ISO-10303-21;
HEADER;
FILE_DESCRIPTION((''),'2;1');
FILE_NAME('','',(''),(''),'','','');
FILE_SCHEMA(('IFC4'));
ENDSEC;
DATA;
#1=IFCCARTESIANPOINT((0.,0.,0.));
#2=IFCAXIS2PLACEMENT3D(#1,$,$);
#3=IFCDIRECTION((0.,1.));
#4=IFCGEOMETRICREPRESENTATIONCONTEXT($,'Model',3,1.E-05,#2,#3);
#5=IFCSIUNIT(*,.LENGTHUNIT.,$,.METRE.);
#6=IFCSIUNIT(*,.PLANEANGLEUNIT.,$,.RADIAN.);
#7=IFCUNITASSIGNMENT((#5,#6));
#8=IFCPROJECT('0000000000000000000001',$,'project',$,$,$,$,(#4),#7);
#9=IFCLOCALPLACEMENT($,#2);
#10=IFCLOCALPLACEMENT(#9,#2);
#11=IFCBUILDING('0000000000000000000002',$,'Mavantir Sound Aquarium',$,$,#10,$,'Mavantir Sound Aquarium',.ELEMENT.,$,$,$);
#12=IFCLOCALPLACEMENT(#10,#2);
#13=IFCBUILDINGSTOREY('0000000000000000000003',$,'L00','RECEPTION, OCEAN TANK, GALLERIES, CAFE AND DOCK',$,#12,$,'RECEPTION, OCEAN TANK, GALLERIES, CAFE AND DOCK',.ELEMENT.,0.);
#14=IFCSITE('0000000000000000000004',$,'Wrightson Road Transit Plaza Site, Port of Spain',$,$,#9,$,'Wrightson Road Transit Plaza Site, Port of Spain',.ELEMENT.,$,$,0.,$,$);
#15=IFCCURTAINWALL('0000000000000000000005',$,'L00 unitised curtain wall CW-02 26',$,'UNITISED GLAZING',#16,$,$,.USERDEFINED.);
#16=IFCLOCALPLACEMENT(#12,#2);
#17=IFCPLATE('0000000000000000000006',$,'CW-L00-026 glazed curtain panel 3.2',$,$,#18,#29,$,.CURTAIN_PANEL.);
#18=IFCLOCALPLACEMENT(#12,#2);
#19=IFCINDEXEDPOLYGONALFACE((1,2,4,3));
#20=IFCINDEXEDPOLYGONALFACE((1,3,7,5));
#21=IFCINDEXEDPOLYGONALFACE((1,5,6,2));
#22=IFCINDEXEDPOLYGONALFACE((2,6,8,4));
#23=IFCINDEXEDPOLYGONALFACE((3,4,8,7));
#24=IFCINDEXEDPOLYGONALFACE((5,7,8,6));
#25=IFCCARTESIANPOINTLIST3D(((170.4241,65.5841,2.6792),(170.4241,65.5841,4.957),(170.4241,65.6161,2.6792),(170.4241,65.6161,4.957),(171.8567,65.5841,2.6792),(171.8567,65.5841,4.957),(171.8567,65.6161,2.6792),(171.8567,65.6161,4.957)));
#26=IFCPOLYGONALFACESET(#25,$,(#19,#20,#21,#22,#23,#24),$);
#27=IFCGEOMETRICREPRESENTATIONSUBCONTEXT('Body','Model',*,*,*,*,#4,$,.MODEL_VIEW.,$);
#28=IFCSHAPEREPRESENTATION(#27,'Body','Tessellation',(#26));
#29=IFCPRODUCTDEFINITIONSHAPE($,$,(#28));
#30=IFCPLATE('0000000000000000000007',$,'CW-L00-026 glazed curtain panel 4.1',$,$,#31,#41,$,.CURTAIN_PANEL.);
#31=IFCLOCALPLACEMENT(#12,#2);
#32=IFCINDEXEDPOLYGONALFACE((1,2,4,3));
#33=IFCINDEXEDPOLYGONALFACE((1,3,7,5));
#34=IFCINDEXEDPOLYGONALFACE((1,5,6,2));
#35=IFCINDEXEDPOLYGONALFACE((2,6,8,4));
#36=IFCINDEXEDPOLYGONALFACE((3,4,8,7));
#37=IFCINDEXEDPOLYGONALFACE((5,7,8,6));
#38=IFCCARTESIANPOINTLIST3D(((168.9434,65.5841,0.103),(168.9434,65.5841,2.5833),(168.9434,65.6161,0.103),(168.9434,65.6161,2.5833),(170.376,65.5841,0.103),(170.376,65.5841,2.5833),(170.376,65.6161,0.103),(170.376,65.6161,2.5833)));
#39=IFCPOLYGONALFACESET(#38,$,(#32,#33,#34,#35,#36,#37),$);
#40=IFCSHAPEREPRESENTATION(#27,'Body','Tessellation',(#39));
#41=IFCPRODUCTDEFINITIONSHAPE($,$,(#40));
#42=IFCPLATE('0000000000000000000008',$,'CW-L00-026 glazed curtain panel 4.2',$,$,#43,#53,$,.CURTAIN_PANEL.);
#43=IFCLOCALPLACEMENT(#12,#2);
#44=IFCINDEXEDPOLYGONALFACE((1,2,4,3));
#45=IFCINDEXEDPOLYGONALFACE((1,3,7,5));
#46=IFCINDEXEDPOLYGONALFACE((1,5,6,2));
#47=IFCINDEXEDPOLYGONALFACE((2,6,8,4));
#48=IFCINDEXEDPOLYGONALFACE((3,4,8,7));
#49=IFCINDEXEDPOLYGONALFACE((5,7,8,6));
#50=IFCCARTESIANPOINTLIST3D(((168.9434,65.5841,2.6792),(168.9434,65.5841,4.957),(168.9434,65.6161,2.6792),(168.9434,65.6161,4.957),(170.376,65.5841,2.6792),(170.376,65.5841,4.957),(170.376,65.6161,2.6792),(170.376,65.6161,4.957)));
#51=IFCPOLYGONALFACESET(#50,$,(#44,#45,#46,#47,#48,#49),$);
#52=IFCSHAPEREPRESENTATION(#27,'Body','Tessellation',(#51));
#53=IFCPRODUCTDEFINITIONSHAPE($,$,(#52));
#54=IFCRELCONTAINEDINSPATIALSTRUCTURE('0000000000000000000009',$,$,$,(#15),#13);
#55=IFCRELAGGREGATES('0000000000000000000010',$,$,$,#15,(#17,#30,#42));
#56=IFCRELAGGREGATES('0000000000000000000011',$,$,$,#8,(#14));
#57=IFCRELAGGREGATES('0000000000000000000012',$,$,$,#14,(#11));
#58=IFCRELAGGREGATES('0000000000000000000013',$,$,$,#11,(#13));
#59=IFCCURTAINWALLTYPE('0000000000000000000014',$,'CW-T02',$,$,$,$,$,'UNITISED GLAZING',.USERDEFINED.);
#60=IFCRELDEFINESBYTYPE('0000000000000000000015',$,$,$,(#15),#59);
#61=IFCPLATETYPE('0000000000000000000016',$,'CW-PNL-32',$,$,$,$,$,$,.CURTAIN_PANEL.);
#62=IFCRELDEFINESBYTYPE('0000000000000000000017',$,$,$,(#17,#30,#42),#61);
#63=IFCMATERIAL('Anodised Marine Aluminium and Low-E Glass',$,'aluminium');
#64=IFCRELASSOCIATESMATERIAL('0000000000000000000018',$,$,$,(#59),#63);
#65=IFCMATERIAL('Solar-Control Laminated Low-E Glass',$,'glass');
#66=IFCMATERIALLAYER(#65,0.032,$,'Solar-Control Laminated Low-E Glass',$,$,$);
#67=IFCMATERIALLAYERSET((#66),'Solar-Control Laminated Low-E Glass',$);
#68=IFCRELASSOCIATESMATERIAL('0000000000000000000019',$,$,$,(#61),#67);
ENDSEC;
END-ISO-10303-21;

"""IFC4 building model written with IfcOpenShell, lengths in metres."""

from ifc_helpers import new_model, si_unit, direction, frame, origin, origin_2d, place, context, subcontext, project, spatial, rectangle, extrude, material, layer, layer_set, type_object, element, aggregate, save


model = new_model("IFC4")

# Units and contexts
model_context = context("Model", 3, precision=1e-05, world=origin(), true_north=direction((0.0, 1.0)))
body_context = subcontext(model_context, "Body", "Model", "MODEL_VIEW")
ifc_project = project(units=[si_unit("LENGTHUNIT", "METRE"), si_unit("PLANEANGLEUNIT", "RADIAN")], contexts=[model_context])

# Site, building, storey
site_placement = place(None, origin())
site = spatial("IfcSite", under=ifc_project, at=site_placement, Name="Wrightson Road Transit Plaza Site, Port of Spain", LongName="Wrightson Road Transit Plaza Site, Port of Spain", CompositionType="ELEMENT", RefElevation=0.0)
building_placement = place(site_placement, origin())
building = spatial("IfcBuilding", under=site, at=building_placement, Name="Mavantir Sound Aquarium", LongName="Mavantir Sound Aquarium", CompositionType="ELEMENT")
storey_placement = place(building_placement, origin())
storey = spatial("IfcBuildingStorey", under=building, at=storey_placement, Name="L00", Description="RECEPTION, OCEAN TANK, GALLERIES, CAFE AND DOCK", LongName="RECEPTION, OCEAN TANK, GALLERIES, CAFE AND DOCK", CompositionType="ELEMENT", Elevation=0.0)

# Curtain wall, plates
ifc_material_1 = material(Name="Anodised Marine Aluminium and Low-E Glass", Category="aluminium")
curtain_wall_type = type_object("IfcCurtainWallType", Name="CW-T02", ElementType="UNITISED GLAZING", PredefinedType="USERDEFINED", material=ifc_material_1)
curtain_wall_placement = place(storey_placement, origin())
curtain_wall = element("IfcCurtainWall", 1, at=curtain_wall_placement, inside=storey, type_object=curtain_wall_type, Name="L00 unitised curtain wall CW-02 26", ObjectType="UNITISED GLAZING", PredefinedType="USERDEFINED")
ifc_material_2 = material(Name="Solar-Control Laminated Low-E Glass", Category="glass")
ifc_layer = layer(ifc_material_2, 0.032, Name="Solar-Control Laminated Low-E Glass")
ifc_layer_set = layer_set([ifc_layer], Name="Solar-Control Laminated Low-E Glass")
plate_type = type_object("IfcPlateType", Name="CW-PNL-32", PredefinedType="CURTAIN_PANEL", material=ifc_layer_set)
plate_1_placement = place(storey_placement, frame((171.1404, 65.6001, 2.6792), z_axis=(0.0, 0.0, 1.0), x_axis=(-1.0, 0.0, 0.0)))
plate_1 = element("IfcPlate", 2, at=plate_1_placement, type_object=plate_type, Name="CW-L00-026 glazed curtain panel 3.2", PredefinedType="CURTAIN_PANEL", context=body_context, shape_type="SweptSolid", body=[
    extrude(rectangle(XDim=1.4326, YDim=0.032, at=origin_2d()), origin(), (0.0, 0.0, 1.0), 2.2778),
])
plate_2_placement = place(storey_placement, frame((169.6597, 65.6001, 0.103), z_axis=(0.0, 0.0, 1.0), x_axis=(-1.0, 0.0, 0.0)))
plate_2 = element("IfcPlate", 3, at=plate_2_placement, type_object=plate_type, Name="CW-L00-026 glazed curtain panel 4.1", PredefinedType="CURTAIN_PANEL", context=body_context, shape_type="SweptSolid", body=[
    extrude(rectangle(XDim=1.4326, YDim=0.032, at=origin_2d()), origin(), (0.0, 0.0, 1.0), 2.4802),
])
plate_3_placement = place(storey_placement, frame((169.6597, 65.6001, 2.6792), z_axis=(0.0, 0.0, 1.0), x_axis=(-1.0, 0.0, 0.0)))
plate_3 = element("IfcPlate", 4, at=plate_3_placement, type_object=plate_type, Name="CW-L00-026 glazed curtain panel 4.2", PredefinedType="CURTAIN_PANEL", context=body_context, shape_type="SweptSolid", body=[
    extrude(rectangle(XDim=1.4326, YDim=0.032, at=origin_2d()), origin(), (0.0, 0.0, 1.0), 2.2778),
])
aggregate(curtain_wall, [plate_1, plate_2, plate_3])

save(model, "model.ifc")
